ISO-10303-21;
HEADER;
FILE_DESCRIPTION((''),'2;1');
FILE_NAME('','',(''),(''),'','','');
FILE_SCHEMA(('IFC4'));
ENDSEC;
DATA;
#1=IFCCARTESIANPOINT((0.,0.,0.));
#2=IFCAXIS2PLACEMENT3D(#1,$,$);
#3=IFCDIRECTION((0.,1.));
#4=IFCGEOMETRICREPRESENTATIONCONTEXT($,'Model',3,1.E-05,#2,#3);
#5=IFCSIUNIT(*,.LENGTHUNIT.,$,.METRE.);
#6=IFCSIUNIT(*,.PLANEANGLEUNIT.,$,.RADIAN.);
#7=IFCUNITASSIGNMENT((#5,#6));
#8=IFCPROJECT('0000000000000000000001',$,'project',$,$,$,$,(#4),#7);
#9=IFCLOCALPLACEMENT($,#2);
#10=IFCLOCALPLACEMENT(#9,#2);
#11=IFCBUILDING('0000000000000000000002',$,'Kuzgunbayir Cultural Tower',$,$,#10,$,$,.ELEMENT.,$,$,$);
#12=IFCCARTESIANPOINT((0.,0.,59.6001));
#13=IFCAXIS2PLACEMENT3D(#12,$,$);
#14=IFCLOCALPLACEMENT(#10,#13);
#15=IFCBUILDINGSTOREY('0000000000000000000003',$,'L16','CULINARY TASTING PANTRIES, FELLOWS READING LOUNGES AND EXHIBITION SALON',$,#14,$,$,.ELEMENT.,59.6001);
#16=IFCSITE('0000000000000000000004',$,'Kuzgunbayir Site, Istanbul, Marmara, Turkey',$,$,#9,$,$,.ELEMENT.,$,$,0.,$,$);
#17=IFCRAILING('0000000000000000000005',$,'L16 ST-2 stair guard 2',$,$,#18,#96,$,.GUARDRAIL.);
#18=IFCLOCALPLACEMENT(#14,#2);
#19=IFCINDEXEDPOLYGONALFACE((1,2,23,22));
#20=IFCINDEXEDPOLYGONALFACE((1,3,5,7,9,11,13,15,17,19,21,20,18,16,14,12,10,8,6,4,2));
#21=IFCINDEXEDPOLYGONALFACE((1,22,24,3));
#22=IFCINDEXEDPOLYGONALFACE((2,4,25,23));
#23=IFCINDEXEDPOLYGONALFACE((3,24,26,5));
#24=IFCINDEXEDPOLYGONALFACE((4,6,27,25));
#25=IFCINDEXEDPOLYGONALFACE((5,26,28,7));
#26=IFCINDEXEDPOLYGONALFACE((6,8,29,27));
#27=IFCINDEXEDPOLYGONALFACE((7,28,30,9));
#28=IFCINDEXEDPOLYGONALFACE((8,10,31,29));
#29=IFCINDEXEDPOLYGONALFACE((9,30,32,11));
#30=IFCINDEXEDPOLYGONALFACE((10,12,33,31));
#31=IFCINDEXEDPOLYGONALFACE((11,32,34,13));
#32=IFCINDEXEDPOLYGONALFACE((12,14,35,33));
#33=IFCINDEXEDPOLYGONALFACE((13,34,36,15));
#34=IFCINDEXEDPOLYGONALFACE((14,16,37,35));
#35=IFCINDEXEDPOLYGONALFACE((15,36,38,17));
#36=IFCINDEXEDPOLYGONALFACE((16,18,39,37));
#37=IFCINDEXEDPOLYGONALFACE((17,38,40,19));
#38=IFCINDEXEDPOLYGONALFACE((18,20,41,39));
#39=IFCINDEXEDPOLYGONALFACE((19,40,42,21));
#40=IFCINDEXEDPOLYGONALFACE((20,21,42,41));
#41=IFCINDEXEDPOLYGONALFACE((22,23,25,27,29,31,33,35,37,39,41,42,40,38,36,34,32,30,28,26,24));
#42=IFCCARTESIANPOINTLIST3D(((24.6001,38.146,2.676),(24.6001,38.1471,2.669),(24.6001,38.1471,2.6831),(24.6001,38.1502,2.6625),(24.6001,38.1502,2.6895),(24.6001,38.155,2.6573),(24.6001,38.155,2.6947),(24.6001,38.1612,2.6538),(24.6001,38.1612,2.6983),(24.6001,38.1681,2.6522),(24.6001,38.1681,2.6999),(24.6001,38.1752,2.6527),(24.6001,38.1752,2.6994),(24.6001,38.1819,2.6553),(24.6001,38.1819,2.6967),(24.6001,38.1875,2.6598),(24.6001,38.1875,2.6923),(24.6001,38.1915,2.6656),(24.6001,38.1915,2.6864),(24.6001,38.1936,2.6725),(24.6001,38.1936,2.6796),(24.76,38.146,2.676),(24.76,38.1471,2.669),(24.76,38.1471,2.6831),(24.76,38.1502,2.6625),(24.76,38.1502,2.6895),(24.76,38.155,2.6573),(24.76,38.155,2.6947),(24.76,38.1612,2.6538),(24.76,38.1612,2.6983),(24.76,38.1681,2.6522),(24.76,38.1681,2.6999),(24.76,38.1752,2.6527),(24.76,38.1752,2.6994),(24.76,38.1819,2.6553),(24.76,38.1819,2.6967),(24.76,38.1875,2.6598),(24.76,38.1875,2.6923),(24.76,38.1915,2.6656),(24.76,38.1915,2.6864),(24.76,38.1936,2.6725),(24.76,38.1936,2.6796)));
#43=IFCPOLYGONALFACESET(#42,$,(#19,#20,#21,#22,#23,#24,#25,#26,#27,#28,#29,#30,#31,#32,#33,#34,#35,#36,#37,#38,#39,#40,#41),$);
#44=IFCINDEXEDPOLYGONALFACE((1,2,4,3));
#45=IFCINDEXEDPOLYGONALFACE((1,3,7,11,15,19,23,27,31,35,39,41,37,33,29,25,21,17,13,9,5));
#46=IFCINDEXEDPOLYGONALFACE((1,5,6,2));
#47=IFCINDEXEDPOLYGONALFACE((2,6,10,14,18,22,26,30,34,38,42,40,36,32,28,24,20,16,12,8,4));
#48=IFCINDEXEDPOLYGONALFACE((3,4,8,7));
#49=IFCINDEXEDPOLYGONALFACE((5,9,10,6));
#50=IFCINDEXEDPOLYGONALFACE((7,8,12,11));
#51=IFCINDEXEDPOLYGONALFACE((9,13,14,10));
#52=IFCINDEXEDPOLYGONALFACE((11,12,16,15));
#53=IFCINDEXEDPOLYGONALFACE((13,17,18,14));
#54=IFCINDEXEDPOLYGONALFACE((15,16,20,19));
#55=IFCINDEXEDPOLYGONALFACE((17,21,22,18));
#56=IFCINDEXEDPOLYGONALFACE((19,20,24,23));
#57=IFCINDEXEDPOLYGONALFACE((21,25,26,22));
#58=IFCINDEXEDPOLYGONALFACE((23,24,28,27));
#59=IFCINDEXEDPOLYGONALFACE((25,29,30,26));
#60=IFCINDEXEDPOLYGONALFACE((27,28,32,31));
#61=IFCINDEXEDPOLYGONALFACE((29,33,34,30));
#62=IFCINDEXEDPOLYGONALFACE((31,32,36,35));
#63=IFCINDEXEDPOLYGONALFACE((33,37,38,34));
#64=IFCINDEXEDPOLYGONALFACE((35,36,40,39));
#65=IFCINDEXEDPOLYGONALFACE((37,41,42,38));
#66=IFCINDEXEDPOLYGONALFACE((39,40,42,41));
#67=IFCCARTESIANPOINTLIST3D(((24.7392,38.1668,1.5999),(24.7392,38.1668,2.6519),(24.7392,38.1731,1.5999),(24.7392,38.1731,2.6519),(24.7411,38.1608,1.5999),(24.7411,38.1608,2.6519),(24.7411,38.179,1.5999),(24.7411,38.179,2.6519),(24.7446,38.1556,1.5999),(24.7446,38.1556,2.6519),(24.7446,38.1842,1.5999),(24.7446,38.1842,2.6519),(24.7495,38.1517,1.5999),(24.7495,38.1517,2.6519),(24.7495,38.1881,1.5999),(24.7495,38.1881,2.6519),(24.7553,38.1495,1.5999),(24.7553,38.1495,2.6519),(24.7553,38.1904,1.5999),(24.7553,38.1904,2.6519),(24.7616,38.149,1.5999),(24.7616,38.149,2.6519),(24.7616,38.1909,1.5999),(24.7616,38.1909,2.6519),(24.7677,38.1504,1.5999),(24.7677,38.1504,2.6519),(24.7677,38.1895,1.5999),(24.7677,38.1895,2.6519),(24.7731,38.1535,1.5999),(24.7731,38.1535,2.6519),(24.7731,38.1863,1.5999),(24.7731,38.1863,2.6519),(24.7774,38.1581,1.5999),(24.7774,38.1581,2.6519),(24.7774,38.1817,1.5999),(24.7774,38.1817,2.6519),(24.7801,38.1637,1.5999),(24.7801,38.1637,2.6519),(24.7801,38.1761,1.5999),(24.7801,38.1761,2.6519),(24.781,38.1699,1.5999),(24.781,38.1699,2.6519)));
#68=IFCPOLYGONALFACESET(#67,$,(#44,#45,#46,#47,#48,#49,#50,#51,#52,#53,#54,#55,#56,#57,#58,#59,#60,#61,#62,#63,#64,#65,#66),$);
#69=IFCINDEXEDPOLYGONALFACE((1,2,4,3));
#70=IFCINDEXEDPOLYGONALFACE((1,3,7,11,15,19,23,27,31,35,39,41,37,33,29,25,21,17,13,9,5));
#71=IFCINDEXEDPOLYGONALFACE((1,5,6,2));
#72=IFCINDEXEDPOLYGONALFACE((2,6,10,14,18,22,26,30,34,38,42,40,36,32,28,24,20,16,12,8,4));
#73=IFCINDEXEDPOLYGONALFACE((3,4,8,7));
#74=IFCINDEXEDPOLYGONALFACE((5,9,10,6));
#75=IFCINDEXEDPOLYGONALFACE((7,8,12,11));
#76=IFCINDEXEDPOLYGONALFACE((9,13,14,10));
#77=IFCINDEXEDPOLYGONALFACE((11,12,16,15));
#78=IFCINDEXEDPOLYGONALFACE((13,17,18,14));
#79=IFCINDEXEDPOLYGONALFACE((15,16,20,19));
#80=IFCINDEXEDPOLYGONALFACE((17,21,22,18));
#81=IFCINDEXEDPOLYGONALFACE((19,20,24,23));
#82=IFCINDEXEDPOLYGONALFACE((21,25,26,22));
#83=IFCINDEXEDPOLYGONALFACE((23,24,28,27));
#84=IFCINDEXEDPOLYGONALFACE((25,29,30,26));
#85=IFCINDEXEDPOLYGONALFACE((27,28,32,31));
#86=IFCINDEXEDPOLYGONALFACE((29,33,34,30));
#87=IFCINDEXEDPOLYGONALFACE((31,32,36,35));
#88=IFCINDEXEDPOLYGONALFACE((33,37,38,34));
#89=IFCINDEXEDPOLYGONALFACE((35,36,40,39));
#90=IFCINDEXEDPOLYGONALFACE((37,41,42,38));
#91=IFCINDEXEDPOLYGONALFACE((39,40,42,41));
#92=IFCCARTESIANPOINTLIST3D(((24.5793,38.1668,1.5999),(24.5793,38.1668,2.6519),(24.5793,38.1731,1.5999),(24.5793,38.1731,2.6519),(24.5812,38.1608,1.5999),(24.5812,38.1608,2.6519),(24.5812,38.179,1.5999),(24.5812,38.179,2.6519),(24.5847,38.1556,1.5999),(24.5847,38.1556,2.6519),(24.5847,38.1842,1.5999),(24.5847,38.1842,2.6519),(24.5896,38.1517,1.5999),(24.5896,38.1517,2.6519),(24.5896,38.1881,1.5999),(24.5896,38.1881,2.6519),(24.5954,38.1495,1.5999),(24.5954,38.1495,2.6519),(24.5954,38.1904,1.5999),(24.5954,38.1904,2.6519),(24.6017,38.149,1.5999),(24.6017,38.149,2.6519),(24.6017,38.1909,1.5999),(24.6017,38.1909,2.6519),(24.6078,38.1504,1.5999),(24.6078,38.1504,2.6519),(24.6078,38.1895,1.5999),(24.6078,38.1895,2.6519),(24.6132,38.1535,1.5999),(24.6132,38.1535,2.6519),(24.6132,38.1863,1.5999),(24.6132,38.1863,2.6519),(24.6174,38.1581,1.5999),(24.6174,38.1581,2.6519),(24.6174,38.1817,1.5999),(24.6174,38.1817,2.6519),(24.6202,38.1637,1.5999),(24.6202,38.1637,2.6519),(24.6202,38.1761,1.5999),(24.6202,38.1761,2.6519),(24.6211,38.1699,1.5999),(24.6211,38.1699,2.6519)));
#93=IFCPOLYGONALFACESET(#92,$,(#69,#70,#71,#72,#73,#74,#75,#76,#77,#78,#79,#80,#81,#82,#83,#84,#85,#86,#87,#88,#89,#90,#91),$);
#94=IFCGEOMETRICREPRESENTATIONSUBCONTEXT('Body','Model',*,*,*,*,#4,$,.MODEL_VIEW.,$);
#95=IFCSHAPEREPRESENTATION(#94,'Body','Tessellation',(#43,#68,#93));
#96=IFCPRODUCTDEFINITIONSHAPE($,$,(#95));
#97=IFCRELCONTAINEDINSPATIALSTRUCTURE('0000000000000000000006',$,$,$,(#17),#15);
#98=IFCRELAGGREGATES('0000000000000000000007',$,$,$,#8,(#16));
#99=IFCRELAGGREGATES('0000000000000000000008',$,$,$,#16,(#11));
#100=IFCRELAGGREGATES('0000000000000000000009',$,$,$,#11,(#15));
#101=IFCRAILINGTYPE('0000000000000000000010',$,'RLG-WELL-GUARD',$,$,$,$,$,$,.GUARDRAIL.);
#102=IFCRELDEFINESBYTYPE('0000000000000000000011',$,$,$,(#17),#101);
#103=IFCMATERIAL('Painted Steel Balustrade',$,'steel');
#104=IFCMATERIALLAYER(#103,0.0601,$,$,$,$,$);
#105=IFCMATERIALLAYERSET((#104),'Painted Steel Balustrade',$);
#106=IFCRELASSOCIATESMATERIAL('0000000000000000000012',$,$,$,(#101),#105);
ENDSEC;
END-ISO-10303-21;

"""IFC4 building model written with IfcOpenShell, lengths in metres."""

from ifc_helpers import new_model, si_unit, direction, frame, origin, origin_2d, place, context, subcontext, project, spatial, circle, extrude, material, layer, layer_set, type_object, element, save


model = new_model("IFC4")

# Units and contexts
model_context = context("Model", 3, precision=1e-05, world=origin(), true_north=direction((0.0, 1.0)))
body_context = subcontext(model_context, "Body", "Model", "MODEL_VIEW")
ifc_project = project(units=[si_unit("LENGTHUNIT", "METRE"), si_unit("PLANEANGLEUNIT", "RADIAN")], contexts=[model_context])

# Site, building, storey
site_placement = place(None, origin())
site = spatial("IfcSite", under=ifc_project, at=site_placement, Name="Kuzgunbayir Site, Istanbul, Marmara, Turkey", CompositionType="ELEMENT", RefElevation=0.0)
building_placement = place(site_placement, origin())
building = spatial("IfcBuilding", under=site, at=building_placement, Name="Kuzgunbayir Cultural Tower", CompositionType="ELEMENT")
storey_placement = place(building_placement, frame((0.0, 0.0, 59.6001)))
storey = spatial("IfcBuildingStorey", under=building, at=storey_placement, Name="L16", Description="CULINARY TASTING PANTRIES, FELLOWS READING LOUNGES AND EXHIBITION SALON", CompositionType="ELEMENT", Elevation=59.6001)

# Railing
ifc_material_1 = material(Name="Painted Steel Balustrade", Category="steel")
ifc_layer_1 = layer(ifc_material_1, 0.0601)
ifc_layer_set_1 = layer_set([ifc_layer_1], Name="Painted Steel Balustrade")
railing_type_1 = type_object("IfcRailingType", Name="RLG-WELL-GUARD", PredefinedType="GUARDRAIL", material=ifc_layer_set_1)
railing_1_placement = place(storey_placement, frame((24.76, 38.1699, 1.5999)))
element("IfcRailing", 1, at=railing_1_placement, inside=storey, type_object=railing_type_1, Name="L16 ST-2 stair guard 2", PredefinedType="GUARDRAIL", context=body_context, shape_type="SweptSolid", body=[
    extrude(circle(Radius=0.0239, at=origin_2d()), frame((0.0, 0.0, 1.0762), z_axis=(-1.0, 0.0, 0.0), x_axis=(0.0, -1.0, 0.0)), (0.0, 0.0, 1.0), 0.1599),
    extrude(circle(Radius=0.021, at=origin_2d()), origin(), (0.0, 0.0, 1.0), 1.052),
    extrude(circle(Radius=0.021, at=origin_2d()), frame((-0.1599, 0.0, 0.0)), (0.0, 0.0, 1.0), 1.052),
])

save(model, "model.ifc")
